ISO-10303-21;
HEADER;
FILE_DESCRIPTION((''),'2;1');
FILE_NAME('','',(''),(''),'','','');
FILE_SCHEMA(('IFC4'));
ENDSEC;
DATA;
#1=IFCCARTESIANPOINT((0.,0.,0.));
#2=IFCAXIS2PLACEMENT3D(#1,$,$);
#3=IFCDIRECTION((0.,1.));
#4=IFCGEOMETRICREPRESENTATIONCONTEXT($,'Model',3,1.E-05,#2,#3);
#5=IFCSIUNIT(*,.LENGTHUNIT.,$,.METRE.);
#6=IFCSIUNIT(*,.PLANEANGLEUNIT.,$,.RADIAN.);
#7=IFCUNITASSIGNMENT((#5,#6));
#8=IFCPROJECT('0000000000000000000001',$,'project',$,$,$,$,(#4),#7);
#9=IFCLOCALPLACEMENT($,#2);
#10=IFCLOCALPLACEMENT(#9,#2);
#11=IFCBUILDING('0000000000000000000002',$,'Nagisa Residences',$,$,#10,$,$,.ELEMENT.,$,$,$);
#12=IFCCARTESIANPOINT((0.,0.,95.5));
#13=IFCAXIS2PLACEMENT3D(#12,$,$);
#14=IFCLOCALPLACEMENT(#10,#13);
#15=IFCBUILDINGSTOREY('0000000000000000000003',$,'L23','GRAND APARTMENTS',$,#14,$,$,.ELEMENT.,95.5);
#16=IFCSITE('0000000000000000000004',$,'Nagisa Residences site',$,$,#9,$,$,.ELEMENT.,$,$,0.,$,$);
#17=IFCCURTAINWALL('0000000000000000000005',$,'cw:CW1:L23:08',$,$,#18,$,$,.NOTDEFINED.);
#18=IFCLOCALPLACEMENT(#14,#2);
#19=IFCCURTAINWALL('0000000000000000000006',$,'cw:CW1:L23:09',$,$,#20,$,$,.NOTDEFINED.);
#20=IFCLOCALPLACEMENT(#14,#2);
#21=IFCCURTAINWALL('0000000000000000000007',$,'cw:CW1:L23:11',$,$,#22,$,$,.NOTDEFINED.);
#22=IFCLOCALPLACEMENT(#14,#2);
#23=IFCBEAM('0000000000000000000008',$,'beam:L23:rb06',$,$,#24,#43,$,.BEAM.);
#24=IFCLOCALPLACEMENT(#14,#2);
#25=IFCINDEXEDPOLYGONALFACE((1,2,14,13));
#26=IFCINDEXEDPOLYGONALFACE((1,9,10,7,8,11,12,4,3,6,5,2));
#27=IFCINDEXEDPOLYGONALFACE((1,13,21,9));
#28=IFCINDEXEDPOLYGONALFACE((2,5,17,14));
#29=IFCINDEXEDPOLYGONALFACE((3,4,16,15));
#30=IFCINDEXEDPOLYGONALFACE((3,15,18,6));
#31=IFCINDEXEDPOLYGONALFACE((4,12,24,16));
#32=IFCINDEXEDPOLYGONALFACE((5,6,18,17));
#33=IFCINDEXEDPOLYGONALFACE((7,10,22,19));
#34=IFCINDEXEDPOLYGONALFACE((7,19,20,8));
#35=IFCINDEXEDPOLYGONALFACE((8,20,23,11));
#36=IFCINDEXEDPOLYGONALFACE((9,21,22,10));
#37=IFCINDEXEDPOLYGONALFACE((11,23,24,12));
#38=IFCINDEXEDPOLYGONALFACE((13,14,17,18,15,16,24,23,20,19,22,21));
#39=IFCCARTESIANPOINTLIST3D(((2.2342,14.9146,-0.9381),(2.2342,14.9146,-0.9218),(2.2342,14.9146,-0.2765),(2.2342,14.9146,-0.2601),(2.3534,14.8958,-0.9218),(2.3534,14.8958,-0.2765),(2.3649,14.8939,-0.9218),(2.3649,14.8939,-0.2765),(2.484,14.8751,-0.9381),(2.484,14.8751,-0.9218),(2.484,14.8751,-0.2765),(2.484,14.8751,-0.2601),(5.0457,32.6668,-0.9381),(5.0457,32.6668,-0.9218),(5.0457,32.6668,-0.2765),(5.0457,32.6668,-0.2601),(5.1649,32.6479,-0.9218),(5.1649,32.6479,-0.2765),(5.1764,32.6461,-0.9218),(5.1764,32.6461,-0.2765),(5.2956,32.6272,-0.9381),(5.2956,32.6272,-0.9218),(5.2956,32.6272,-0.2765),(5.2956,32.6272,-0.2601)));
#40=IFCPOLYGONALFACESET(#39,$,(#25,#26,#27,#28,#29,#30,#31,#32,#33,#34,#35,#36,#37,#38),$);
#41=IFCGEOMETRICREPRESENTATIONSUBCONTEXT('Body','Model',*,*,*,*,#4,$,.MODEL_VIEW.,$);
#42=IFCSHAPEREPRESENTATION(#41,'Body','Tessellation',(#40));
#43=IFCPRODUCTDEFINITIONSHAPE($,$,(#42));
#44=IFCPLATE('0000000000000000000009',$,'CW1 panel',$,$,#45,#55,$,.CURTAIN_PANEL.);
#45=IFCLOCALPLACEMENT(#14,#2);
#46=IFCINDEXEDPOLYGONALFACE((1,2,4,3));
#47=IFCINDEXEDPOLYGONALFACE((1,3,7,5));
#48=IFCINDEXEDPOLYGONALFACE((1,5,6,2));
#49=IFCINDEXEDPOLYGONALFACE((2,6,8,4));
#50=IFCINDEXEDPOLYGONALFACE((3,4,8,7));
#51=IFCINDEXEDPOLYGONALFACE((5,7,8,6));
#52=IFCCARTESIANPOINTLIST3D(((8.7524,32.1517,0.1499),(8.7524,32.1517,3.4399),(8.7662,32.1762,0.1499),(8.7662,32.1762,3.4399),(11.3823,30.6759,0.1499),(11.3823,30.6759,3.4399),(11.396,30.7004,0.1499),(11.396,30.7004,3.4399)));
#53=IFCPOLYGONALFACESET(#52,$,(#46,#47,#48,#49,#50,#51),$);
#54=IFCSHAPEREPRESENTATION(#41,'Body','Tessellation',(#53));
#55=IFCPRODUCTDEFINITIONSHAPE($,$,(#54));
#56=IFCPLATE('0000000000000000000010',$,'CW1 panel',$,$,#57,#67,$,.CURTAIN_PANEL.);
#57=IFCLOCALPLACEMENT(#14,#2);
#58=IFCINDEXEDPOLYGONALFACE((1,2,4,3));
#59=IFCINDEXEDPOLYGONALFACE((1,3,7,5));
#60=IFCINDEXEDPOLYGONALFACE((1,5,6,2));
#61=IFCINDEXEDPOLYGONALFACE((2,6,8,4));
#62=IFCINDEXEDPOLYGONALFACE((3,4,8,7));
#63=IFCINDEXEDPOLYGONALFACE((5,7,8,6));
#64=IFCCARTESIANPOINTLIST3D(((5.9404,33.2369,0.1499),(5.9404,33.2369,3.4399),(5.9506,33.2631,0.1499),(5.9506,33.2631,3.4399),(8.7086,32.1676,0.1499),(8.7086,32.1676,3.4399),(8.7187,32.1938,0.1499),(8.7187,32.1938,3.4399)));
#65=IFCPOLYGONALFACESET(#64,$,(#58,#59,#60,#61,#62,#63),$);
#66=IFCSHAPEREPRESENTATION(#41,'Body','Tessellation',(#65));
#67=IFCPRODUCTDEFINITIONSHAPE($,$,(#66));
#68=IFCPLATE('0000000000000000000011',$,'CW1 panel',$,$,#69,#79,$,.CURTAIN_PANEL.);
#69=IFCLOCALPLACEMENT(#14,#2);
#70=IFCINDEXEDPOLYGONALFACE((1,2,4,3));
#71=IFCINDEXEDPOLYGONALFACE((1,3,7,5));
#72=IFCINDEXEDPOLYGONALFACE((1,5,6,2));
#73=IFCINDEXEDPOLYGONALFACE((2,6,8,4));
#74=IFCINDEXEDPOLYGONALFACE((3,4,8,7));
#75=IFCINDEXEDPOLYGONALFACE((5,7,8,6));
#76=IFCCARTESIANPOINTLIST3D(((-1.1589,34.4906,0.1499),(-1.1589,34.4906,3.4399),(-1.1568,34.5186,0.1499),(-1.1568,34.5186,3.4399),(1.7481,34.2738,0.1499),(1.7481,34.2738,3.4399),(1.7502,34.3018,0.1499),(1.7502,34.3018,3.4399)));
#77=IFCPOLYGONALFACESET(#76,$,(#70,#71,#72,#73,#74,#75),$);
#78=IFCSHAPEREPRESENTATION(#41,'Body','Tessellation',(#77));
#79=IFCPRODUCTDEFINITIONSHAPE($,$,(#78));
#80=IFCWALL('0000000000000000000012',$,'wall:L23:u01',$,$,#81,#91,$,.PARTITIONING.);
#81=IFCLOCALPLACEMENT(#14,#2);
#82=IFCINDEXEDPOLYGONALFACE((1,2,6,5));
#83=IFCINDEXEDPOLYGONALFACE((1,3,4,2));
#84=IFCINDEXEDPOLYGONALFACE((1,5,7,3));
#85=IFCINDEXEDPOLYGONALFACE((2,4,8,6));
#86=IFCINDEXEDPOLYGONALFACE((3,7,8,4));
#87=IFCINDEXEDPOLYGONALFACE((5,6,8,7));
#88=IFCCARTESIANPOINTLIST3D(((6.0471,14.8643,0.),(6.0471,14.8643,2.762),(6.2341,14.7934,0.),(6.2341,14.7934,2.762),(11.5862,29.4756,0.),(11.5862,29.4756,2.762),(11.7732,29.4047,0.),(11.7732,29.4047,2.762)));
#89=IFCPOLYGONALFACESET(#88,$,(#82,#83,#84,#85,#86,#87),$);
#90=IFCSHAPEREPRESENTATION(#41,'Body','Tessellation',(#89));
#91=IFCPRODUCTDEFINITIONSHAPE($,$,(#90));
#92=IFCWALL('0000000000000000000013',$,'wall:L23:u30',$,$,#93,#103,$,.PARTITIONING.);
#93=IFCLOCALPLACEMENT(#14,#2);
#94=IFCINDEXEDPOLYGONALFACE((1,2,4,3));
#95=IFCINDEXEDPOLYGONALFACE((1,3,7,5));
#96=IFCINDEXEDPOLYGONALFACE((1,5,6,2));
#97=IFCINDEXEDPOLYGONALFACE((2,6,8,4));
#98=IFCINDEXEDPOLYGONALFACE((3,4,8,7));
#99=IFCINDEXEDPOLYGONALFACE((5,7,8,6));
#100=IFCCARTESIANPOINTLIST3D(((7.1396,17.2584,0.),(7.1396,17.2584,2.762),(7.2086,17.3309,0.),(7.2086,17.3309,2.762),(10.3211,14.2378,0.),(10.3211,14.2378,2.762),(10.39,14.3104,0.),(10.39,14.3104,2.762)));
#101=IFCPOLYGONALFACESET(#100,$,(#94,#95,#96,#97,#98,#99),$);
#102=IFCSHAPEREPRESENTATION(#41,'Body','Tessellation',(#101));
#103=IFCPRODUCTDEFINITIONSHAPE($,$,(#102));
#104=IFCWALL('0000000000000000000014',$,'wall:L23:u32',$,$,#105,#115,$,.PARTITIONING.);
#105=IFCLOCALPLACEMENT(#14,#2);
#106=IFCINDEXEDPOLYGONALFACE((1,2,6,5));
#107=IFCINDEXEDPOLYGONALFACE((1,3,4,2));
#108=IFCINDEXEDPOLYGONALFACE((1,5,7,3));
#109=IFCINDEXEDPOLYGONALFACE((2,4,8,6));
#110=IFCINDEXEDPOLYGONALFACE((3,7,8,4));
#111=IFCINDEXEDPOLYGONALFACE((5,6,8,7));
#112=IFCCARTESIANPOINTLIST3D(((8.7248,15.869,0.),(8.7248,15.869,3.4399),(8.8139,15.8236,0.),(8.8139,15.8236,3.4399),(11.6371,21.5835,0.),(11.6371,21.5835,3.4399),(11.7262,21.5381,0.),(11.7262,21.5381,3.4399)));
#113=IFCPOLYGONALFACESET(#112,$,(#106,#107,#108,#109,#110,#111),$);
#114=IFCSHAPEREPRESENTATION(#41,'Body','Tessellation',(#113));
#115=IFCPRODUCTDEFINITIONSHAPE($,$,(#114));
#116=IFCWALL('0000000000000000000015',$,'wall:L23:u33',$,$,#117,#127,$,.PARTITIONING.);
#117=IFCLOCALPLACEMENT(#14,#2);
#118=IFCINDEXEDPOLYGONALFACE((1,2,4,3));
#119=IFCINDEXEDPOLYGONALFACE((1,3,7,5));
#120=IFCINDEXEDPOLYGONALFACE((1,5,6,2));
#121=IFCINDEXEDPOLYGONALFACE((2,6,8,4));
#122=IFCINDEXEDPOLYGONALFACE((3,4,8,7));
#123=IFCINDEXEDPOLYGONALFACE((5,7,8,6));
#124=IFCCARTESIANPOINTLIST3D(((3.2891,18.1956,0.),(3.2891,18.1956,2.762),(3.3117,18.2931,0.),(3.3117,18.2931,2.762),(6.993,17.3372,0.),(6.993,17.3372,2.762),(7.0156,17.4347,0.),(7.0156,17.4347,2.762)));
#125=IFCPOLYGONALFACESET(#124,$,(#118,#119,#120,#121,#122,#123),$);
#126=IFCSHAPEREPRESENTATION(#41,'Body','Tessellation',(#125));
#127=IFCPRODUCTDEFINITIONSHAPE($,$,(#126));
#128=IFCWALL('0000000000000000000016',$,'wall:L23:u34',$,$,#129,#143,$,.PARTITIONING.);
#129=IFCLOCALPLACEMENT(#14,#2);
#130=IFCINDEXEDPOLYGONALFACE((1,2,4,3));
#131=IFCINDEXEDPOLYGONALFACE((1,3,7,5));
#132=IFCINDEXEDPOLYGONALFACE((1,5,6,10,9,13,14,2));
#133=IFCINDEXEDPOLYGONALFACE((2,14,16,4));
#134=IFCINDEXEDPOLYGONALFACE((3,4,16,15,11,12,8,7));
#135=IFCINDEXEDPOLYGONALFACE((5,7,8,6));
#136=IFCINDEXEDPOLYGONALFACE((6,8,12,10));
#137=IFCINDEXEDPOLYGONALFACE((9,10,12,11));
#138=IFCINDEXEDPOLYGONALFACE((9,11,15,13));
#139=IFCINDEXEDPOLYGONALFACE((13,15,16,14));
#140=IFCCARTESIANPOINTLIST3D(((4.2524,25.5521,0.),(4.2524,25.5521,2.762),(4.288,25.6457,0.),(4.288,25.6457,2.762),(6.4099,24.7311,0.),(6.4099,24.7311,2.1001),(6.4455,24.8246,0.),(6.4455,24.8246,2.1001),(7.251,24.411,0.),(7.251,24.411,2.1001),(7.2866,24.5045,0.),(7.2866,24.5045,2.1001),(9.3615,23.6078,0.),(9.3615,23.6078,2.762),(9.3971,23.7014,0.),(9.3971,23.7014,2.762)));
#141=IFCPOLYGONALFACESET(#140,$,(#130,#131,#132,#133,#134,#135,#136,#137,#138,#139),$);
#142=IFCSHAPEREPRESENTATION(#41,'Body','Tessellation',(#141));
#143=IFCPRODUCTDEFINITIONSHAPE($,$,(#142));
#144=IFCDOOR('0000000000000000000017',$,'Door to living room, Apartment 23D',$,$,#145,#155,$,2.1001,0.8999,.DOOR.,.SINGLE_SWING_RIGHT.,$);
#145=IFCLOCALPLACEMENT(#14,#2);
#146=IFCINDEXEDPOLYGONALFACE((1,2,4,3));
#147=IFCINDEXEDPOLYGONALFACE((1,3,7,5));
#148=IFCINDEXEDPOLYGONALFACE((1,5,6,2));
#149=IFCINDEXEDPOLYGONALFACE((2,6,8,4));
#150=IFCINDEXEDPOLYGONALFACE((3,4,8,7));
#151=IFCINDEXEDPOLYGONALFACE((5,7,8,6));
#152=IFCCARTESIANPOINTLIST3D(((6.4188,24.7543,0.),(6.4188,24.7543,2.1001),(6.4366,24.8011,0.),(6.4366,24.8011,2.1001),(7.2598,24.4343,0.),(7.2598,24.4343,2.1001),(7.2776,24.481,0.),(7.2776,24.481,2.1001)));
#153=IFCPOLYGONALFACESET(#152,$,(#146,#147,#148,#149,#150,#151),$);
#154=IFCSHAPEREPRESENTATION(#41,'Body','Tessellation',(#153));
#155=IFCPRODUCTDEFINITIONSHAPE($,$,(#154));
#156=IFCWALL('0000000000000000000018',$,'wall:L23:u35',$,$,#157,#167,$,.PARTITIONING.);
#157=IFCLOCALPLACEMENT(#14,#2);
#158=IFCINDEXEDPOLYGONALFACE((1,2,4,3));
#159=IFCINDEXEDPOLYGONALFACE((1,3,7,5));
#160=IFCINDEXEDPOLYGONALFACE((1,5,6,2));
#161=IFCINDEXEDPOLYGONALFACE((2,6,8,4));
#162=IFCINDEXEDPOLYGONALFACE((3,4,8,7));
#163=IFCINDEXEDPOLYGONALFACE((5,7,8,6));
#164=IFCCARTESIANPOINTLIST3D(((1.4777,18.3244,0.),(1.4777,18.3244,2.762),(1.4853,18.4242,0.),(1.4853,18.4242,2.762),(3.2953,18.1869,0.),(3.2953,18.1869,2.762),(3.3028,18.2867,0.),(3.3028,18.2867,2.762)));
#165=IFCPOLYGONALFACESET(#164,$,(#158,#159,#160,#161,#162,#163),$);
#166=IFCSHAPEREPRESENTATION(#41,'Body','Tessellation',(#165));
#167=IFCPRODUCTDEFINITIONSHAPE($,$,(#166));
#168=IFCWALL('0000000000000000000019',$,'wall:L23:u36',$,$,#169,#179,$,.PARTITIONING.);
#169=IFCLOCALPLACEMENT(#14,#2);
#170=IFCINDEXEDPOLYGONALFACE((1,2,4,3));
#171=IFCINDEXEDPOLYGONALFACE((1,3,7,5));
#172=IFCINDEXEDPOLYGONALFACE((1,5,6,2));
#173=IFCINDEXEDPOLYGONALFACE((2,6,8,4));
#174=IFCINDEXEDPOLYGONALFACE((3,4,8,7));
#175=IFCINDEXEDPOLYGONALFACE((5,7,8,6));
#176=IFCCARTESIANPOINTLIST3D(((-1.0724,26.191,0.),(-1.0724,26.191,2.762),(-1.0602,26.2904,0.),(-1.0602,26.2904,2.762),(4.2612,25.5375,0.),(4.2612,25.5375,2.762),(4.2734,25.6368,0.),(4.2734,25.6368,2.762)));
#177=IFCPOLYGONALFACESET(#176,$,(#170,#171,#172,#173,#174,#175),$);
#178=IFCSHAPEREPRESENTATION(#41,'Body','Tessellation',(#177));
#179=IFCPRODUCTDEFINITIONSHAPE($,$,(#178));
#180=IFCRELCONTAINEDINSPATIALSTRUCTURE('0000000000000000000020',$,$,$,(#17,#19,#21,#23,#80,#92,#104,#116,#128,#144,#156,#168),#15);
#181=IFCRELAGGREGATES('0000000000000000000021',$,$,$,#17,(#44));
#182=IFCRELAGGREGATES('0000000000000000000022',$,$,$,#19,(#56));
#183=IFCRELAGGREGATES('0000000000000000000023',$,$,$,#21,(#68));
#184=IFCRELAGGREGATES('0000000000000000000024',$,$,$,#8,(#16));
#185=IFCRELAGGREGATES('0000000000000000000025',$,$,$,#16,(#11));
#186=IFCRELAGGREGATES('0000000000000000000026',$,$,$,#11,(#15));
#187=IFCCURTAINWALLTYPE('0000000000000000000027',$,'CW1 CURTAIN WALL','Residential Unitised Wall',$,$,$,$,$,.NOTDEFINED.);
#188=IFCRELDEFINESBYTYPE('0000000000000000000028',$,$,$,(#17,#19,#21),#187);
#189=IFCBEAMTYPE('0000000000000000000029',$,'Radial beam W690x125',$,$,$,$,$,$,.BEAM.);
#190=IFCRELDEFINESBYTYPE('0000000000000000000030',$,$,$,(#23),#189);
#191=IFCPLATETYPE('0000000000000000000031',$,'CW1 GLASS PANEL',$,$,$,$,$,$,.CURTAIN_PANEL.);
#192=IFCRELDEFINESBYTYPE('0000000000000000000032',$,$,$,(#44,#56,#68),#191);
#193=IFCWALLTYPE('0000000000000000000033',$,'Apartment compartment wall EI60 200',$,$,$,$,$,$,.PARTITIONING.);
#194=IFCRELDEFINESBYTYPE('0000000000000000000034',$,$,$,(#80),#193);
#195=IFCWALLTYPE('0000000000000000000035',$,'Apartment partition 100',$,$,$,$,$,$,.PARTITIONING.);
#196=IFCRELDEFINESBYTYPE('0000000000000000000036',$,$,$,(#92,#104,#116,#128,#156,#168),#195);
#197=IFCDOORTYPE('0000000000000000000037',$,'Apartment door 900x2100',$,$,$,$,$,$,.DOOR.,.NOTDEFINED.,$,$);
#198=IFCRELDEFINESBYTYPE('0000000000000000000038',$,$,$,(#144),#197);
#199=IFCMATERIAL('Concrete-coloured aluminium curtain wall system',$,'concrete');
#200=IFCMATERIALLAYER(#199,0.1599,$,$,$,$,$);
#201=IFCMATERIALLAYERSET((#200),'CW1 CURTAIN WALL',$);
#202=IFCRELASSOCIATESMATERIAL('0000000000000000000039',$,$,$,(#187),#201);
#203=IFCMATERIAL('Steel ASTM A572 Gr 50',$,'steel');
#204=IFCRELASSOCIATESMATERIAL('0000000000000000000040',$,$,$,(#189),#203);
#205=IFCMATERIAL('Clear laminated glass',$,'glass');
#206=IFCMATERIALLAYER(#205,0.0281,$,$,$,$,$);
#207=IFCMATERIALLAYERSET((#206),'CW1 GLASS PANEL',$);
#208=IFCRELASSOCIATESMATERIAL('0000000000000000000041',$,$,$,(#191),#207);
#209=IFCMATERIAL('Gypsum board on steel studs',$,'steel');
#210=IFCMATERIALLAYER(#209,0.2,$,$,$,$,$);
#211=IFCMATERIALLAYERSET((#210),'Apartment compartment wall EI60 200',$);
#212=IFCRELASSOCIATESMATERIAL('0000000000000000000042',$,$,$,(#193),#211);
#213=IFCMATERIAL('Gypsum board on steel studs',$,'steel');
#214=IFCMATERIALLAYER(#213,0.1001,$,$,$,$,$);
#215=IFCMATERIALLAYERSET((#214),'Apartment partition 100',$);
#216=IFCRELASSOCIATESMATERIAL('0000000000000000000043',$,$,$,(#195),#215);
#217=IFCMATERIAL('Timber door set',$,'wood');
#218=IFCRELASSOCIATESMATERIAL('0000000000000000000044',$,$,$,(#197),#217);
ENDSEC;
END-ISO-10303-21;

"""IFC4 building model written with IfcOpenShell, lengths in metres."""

from ifc_helpers import new_model, si_unit, direction, frame, frame_2d, origin, origin_2d, place, context, subcontext, project, spatial, rectangle, i_section, extrude, material, layer, layer_set, material_profile, profile_set, type_object, element, fill, aggregate, save


model = new_model("IFC4")

# Units and contexts
model_context = context("Model", 3, precision=1e-05, world=origin(), true_north=direction((0.0, 1.0)))
body_context = subcontext(model_context, "Body", "Model", "MODEL_VIEW")
ifc_project = project(units=[si_unit("LENGTHUNIT", "METRE"), si_unit("PLANEANGLEUNIT", "RADIAN")], contexts=[model_context])

# Site, building, storey
site_placement = place(None, origin())
site = spatial("IfcSite", under=ifc_project, at=site_placement, Name="Nagisa Residences site", CompositionType="ELEMENT", RefElevation=0.0)
building_placement = place(site_placement, origin())
building = spatial("IfcBuilding", under=site, at=building_placement, Name="Nagisa Residences", CompositionType="ELEMENT")
storey_placement = place(building_placement, frame((0.0, 0.0, 95.5)))
storey = spatial("IfcBuildingStorey", under=building, at=storey_placement, Name="L23", Description="GRAND APARTMENTS", CompositionType="ELEMENT", Elevation=95.5)

# Curtain walls
ifc_material_1 = material(Name="Concrete-coloured aluminium curtain wall system", Category="concrete")
ifc_layer_1 = layer(ifc_material_1, 0.1599)
ifc_layer_set_1 = layer_set([ifc_layer_1], Name="CW1 CURTAIN WALL")
curtain_wall_type = type_object("IfcCurtainWallType", Name="CW1 CURTAIN WALL", Description="Residential Unitised Wall", PredefinedType="NOTDEFINED", material=ifc_layer_set_1)
curtain_wall_1_placement = place(storey_placement, origin())
curtain_wall_1 = element("IfcCurtainWall", 1, at=curtain_wall_1_placement, inside=storey, type_object=curtain_wall_type, Name="cw:CW1:L23:08", PredefinedType="NOTDEFINED")
curtain_wall_2_placement = place(storey_placement, origin())
curtain_wall_2 = element("IfcCurtainWall", 2, at=curtain_wall_2_placement, inside=storey, type_object=curtain_wall_type, Name="cw:CW1:L23:09", PredefinedType="NOTDEFINED")
curtain_wall_3_placement = place(storey_placement, origin())
curtain_wall_3 = element("IfcCurtainWall", 3, at=curtain_wall_3_placement, inside=storey, type_object=curtain_wall_type, Name="cw:CW1:L23:11", PredefinedType="NOTDEFINED")

# Beam
ifc_material_2 = material(Name="Steel ASTM A572 Gr 50", Category="steel")
ifc_material_profile_1 = material_profile(ifc_material_2, i_section(OverallWidth=0.2529, OverallDepth=0.678, WebThickness=0.0117, FlangeThickness=0.0164, at=origin_2d()), Name="W690x125")
ifc_profile_set_1 = profile_set([ifc_material_profile_1], Name="Steel ASTM A572 Gr 50")
beam_type_1 = type_object("IfcBeamType", Name="Radial beam W690x125", PredefinedType="BEAM", material=ifc_profile_set_1)
beam_1_placement = place(storey_placement, frame((5.1707, 32.647, -0.5991), z_axis=(-0.156426, -0.98769, 0.0), x_axis=(0.98769, -0.156426, 0.0)))
element("IfcBeam", 4, at=beam_1_placement, inside=storey, type_object=beam_type_1, Name="beam:L23:rb06", PredefinedType="BEAM", context=body_context, shape_type="SweptSolid", body=[
    extrude(i_section(OverallWidth=0.2529, OverallDepth=0.678, WebThickness=0.0117, FlangeThickness=0.0164, at=origin_2d()), origin(), (0.0, 0.0, 1.0), 17.9734),
])

# Plates
ifc_material_3 = material(Name="Clear laminated glass", Category="glass")
ifc_layer_2 = layer(ifc_material_3, 0.0281)
ifc_layer_set_2 = layer_set([ifc_layer_2], Name="CW1 GLASS PANEL")
plate_type = type_object("IfcPlateType", Name="CW1 GLASS PANEL", PredefinedType="CURTAIN_PANEL", material=ifc_layer_set_2)
plate_1_placement = place(storey_placement, frame((10.0742, 31.426, 0.1499), z_axis=(0.0, 0.0, 1.0), x_axis=(-0.872072, 0.489377, 0.0)))
plate_1 = element("IfcPlate", 5, at=plate_1_placement, type_object=plate_type, Name="CW1 panel", PredefinedType="CURTAIN_PANEL", context=body_context, shape_type="SweptSolid", body=[
    extrude(rectangle(XDim=3.0156, YDim=0.0281, at=origin_2d()), origin(), (0.0, 0.0, 1.0), 3.29),
])
aggregate(curtain_wall_1, [plate_1])
plate_2_placement = place(storey_placement, frame((7.3296, 32.7153, 0.1499), z_axis=(0.0, 0.0, 1.0), x_axis=(-0.932826, 0.360328, 0.0)))
plate_2 = element("IfcPlate", 6, at=plate_2_placement, type_object=plate_type, Name="CW1 panel", PredefinedType="CURTAIN_PANEL", context=body_context, shape_type="SweptSolid", body=[
    extrude(rectangle(XDim=2.9675, YDim=0.0281, at=origin_2d()), origin(), (0.0, 0.0, 1.0), 3.29),
])
aggregate(curtain_wall_2, [plate_2])
plate_3_placement = place(storey_placement, frame((0.2957, 34.3962, 0.1499), z_axis=(0.0, 0.0, 1.0), x_axis=(-0.99723, 0.074377, 0.0)))
plate_3 = element("IfcPlate", 7, at=plate_3_placement, type_object=plate_type, Name="CW1 panel", PredefinedType="CURTAIN_PANEL", context=body_context, shape_type="SweptSolid", body=[
    extrude(rectangle(XDim=2.915, YDim=0.0281, at=origin_2d()), origin(), (0.0, 0.0, 1.0), 3.29),
])
aggregate(curtain_wall_3, [plate_3])

# Walls
ifc_material_4 = material(Name="Gypsum board on steel studs", Category="steel")
ifc_layer_3 = layer(ifc_material_4, 0.2)
ifc_layer_set_3 = layer_set([ifc_layer_3], Name="Apartment compartment wall EI60 200")
wall_type_1 = type_object("IfcWallType", Name="Apartment compartment wall EI60 200", PredefinedType="PARTITIONING", material=ifc_layer_set_3)
wall_1_placement = place(storey_placement, frame((6.1406, 14.8289, 0.0), z_axis=(0.0, 0.0, 1.0), x_axis=(0.354477, 0.935065, 0.0)))
element("IfcWall", 8, at=wall_1_placement, inside=storey, type_object=wall_type_1, Name="wall:L23:u01", PredefinedType="PARTITIONING", context=body_context, shape_type="SweptSolid", body=[
    extrude(rectangle(XDim=15.626, YDim=0.2, at=frame_2d((7.813, 0.0))), origin(), (0.0, 0.0, 1.0), 2.762),
])
ifc_material_5 = material(Name="Gypsum board on steel studs", Category="steel")
ifc_layer_4 = layer(ifc_material_5, 0.1001)
ifc_layer_set_4 = layer_set([ifc_layer_4], Name="Apartment partition 100")
wall_type_2 = type_object("IfcWallType", Name="Apartment partition 100", PredefinedType="PARTITIONING", material=ifc_layer_set_4)
wall_2_placement = place(storey_placement, frame((10.3555, 14.2742, 0.0), z_axis=(0.0, 0.0, 1.0), x_axis=(-0.725206, 0.688532, 0.0)))
element("IfcWall", 9, at=wall_2_placement, inside=storey, type_object=wall_type_2, Name="wall:L23:u30", PredefinedType="PARTITIONING", context=body_context, shape_type="SweptSolid", body=[
    extrude(rectangle(XDim=4.387, YDim=0.1001, at=frame_2d((2.1934, 0.0))), origin(), (0.0, 0.0, 1.0), 2.762),
])
wall_3_placement = place(storey_placement, frame((8.7693, 15.8462, 0.0), z_axis=(0.0, 0.0, 1.0), x_axis=(0.454067, 0.890967, 0.0)))
element("IfcWall", 10, at=wall_3_placement, inside=storey, type_object=wall_type_2, Name="wall:L23:u32", PredefinedType="PARTITIONING", context=body_context, shape_type="SweptSolid", body=[
    extrude(rectangle(XDim=6.4138, YDim=0.1001, at=frame_2d((3.207, 0.0))), origin(), (0.0, 0.0, 1.0), 3.4399),
])
wall_4_placement = place(storey_placement, frame((7.0042, 17.386, 0.0), z_axis=(0.0, 0.0, 1.0), x_axis=(-0.97418, 0.225774, 0.0)))
element("IfcWall", 11, at=wall_4_placement, inside=storey, type_object=wall_type_2, Name="wall:L23:u33", PredefinedType="PARTITIONING", context=body_context, shape_type="SweptSolid", body=[
    extrude(rectangle(XDim=3.802, YDim=0.1001, at=frame_2d((1.9009, 0.0))), origin(), (0.0, 0.0, 1.0), 2.762),
])

# Wall, opening, door
wall_5_placement = place(storey_placement, frame((9.3794, 23.6545, 0.0), z_axis=(0.0, 0.0, 1.0), x_axis=(-0.934609, 0.355676, 0.0)))
wall_5 = element("IfcWall", 12, at=wall_5_placement, inside=storey, type_object=wall_type_2, Name="wall:L23:u34", PredefinedType="PARTITIONING", context=body_context, shape_type="SweptSolid", body=[
    extrude(rectangle(XDim=5.4666, YDim=0.1001, at=frame_2d((2.7334, 0.0))), origin(), (0.0, 0.0, 1.0), 2.762),
])
opening_1_placement = place(wall_5_placement, frame((2.2583, 0.0, 0.0)))
opening_1 = element("IfcOpeningElement", 13, at=opening_1_placement, cuts=wall_5, PredefinedType="OPENING", context=body_context, shape_type="SweptSolid", body=[
    extrude(rectangle(XDim=0.8999, YDim=2.1001, at=frame_2d((0.45, 1.05))), frame((0.0, 0.0601, 0.0), z_axis=(0.0, -1.0, 0.0), x_axis=(1.0, 0.0, 0.0)), (0.0, 0.0, 1.0), 0.1201),
])
ifc_material_6 = material(Name="Timber door set", Category="wood")
door_type_1 = type_object("IfcDoorType", Name="Apartment door 900x2100", OperationType="NOTDEFINED", PredefinedType="DOOR", material=ifc_material_6)
door_1_placement = place(opening_1_placement, frame((0.8999, 0.0, 0.0), x_axis=(-1.0, 0.0, 0.0)))
door_1 = element("IfcDoor", 14, at=door_1_placement, inside=storey, type_object=door_type_1, Name="Door to living room, Apartment 23D", OperationType="SINGLE_SWING_RIGHT", OverallHeight=2.1001, OverallWidth=0.8999, PredefinedType="DOOR", context=body_context, shape_type="SweptSolid", body=[
    extrude(rectangle(XDim=0.8999, YDim=2.1001, at=frame_2d((0.45, 1.05))), frame((0.0, 0.0249, 0.0), z_axis=(0.0, -1.0, 0.0), x_axis=(1.0, 0.0, 0.0)), (0.0, 0.0, 1.0), 0.05),
])
fill(opening_1, door_1)

# Walls
wall_6_placement = place(storey_placement, frame((3.2991, 18.2368, 0.0), z_axis=(0.0, 0.0, 1.0), x_axis=(-0.997153, 0.075406, 0.0)))
element("IfcWall", 15, at=wall_6_placement, inside=storey, type_object=wall_type_2, Name="wall:L23:u35", PredefinedType="PARTITIONING", context=body_context, shape_type="SweptSolid", body=[
    extrude(rectangle(XDim=1.8228, YDim=0.1001, at=frame_2d((0.9114, 0.0))), origin(), (0.0, 0.0, 1.0), 2.762),
])
wall_7_placement = place(storey_placement, frame((4.2673, 25.5872, 0.0), z_axis=(0.0, 0.0, 1.0), x_axis=(-0.992576, 0.121624, 0.0)))
element("IfcWall", 16, at=wall_7_placement, inside=storey, type_object=wall_type_2, Name="wall:L23:u36", PredefinedType="PARTITIONING", context=body_context, shape_type="SweptSolid", body=[
    extrude(rectangle(XDim=5.3735, YDim=0.1001, at=frame_2d((2.6868, 0.0))), origin(), (0.0, 0.0, 1.0), 2.762),
])

save(model, "model.ifc")
